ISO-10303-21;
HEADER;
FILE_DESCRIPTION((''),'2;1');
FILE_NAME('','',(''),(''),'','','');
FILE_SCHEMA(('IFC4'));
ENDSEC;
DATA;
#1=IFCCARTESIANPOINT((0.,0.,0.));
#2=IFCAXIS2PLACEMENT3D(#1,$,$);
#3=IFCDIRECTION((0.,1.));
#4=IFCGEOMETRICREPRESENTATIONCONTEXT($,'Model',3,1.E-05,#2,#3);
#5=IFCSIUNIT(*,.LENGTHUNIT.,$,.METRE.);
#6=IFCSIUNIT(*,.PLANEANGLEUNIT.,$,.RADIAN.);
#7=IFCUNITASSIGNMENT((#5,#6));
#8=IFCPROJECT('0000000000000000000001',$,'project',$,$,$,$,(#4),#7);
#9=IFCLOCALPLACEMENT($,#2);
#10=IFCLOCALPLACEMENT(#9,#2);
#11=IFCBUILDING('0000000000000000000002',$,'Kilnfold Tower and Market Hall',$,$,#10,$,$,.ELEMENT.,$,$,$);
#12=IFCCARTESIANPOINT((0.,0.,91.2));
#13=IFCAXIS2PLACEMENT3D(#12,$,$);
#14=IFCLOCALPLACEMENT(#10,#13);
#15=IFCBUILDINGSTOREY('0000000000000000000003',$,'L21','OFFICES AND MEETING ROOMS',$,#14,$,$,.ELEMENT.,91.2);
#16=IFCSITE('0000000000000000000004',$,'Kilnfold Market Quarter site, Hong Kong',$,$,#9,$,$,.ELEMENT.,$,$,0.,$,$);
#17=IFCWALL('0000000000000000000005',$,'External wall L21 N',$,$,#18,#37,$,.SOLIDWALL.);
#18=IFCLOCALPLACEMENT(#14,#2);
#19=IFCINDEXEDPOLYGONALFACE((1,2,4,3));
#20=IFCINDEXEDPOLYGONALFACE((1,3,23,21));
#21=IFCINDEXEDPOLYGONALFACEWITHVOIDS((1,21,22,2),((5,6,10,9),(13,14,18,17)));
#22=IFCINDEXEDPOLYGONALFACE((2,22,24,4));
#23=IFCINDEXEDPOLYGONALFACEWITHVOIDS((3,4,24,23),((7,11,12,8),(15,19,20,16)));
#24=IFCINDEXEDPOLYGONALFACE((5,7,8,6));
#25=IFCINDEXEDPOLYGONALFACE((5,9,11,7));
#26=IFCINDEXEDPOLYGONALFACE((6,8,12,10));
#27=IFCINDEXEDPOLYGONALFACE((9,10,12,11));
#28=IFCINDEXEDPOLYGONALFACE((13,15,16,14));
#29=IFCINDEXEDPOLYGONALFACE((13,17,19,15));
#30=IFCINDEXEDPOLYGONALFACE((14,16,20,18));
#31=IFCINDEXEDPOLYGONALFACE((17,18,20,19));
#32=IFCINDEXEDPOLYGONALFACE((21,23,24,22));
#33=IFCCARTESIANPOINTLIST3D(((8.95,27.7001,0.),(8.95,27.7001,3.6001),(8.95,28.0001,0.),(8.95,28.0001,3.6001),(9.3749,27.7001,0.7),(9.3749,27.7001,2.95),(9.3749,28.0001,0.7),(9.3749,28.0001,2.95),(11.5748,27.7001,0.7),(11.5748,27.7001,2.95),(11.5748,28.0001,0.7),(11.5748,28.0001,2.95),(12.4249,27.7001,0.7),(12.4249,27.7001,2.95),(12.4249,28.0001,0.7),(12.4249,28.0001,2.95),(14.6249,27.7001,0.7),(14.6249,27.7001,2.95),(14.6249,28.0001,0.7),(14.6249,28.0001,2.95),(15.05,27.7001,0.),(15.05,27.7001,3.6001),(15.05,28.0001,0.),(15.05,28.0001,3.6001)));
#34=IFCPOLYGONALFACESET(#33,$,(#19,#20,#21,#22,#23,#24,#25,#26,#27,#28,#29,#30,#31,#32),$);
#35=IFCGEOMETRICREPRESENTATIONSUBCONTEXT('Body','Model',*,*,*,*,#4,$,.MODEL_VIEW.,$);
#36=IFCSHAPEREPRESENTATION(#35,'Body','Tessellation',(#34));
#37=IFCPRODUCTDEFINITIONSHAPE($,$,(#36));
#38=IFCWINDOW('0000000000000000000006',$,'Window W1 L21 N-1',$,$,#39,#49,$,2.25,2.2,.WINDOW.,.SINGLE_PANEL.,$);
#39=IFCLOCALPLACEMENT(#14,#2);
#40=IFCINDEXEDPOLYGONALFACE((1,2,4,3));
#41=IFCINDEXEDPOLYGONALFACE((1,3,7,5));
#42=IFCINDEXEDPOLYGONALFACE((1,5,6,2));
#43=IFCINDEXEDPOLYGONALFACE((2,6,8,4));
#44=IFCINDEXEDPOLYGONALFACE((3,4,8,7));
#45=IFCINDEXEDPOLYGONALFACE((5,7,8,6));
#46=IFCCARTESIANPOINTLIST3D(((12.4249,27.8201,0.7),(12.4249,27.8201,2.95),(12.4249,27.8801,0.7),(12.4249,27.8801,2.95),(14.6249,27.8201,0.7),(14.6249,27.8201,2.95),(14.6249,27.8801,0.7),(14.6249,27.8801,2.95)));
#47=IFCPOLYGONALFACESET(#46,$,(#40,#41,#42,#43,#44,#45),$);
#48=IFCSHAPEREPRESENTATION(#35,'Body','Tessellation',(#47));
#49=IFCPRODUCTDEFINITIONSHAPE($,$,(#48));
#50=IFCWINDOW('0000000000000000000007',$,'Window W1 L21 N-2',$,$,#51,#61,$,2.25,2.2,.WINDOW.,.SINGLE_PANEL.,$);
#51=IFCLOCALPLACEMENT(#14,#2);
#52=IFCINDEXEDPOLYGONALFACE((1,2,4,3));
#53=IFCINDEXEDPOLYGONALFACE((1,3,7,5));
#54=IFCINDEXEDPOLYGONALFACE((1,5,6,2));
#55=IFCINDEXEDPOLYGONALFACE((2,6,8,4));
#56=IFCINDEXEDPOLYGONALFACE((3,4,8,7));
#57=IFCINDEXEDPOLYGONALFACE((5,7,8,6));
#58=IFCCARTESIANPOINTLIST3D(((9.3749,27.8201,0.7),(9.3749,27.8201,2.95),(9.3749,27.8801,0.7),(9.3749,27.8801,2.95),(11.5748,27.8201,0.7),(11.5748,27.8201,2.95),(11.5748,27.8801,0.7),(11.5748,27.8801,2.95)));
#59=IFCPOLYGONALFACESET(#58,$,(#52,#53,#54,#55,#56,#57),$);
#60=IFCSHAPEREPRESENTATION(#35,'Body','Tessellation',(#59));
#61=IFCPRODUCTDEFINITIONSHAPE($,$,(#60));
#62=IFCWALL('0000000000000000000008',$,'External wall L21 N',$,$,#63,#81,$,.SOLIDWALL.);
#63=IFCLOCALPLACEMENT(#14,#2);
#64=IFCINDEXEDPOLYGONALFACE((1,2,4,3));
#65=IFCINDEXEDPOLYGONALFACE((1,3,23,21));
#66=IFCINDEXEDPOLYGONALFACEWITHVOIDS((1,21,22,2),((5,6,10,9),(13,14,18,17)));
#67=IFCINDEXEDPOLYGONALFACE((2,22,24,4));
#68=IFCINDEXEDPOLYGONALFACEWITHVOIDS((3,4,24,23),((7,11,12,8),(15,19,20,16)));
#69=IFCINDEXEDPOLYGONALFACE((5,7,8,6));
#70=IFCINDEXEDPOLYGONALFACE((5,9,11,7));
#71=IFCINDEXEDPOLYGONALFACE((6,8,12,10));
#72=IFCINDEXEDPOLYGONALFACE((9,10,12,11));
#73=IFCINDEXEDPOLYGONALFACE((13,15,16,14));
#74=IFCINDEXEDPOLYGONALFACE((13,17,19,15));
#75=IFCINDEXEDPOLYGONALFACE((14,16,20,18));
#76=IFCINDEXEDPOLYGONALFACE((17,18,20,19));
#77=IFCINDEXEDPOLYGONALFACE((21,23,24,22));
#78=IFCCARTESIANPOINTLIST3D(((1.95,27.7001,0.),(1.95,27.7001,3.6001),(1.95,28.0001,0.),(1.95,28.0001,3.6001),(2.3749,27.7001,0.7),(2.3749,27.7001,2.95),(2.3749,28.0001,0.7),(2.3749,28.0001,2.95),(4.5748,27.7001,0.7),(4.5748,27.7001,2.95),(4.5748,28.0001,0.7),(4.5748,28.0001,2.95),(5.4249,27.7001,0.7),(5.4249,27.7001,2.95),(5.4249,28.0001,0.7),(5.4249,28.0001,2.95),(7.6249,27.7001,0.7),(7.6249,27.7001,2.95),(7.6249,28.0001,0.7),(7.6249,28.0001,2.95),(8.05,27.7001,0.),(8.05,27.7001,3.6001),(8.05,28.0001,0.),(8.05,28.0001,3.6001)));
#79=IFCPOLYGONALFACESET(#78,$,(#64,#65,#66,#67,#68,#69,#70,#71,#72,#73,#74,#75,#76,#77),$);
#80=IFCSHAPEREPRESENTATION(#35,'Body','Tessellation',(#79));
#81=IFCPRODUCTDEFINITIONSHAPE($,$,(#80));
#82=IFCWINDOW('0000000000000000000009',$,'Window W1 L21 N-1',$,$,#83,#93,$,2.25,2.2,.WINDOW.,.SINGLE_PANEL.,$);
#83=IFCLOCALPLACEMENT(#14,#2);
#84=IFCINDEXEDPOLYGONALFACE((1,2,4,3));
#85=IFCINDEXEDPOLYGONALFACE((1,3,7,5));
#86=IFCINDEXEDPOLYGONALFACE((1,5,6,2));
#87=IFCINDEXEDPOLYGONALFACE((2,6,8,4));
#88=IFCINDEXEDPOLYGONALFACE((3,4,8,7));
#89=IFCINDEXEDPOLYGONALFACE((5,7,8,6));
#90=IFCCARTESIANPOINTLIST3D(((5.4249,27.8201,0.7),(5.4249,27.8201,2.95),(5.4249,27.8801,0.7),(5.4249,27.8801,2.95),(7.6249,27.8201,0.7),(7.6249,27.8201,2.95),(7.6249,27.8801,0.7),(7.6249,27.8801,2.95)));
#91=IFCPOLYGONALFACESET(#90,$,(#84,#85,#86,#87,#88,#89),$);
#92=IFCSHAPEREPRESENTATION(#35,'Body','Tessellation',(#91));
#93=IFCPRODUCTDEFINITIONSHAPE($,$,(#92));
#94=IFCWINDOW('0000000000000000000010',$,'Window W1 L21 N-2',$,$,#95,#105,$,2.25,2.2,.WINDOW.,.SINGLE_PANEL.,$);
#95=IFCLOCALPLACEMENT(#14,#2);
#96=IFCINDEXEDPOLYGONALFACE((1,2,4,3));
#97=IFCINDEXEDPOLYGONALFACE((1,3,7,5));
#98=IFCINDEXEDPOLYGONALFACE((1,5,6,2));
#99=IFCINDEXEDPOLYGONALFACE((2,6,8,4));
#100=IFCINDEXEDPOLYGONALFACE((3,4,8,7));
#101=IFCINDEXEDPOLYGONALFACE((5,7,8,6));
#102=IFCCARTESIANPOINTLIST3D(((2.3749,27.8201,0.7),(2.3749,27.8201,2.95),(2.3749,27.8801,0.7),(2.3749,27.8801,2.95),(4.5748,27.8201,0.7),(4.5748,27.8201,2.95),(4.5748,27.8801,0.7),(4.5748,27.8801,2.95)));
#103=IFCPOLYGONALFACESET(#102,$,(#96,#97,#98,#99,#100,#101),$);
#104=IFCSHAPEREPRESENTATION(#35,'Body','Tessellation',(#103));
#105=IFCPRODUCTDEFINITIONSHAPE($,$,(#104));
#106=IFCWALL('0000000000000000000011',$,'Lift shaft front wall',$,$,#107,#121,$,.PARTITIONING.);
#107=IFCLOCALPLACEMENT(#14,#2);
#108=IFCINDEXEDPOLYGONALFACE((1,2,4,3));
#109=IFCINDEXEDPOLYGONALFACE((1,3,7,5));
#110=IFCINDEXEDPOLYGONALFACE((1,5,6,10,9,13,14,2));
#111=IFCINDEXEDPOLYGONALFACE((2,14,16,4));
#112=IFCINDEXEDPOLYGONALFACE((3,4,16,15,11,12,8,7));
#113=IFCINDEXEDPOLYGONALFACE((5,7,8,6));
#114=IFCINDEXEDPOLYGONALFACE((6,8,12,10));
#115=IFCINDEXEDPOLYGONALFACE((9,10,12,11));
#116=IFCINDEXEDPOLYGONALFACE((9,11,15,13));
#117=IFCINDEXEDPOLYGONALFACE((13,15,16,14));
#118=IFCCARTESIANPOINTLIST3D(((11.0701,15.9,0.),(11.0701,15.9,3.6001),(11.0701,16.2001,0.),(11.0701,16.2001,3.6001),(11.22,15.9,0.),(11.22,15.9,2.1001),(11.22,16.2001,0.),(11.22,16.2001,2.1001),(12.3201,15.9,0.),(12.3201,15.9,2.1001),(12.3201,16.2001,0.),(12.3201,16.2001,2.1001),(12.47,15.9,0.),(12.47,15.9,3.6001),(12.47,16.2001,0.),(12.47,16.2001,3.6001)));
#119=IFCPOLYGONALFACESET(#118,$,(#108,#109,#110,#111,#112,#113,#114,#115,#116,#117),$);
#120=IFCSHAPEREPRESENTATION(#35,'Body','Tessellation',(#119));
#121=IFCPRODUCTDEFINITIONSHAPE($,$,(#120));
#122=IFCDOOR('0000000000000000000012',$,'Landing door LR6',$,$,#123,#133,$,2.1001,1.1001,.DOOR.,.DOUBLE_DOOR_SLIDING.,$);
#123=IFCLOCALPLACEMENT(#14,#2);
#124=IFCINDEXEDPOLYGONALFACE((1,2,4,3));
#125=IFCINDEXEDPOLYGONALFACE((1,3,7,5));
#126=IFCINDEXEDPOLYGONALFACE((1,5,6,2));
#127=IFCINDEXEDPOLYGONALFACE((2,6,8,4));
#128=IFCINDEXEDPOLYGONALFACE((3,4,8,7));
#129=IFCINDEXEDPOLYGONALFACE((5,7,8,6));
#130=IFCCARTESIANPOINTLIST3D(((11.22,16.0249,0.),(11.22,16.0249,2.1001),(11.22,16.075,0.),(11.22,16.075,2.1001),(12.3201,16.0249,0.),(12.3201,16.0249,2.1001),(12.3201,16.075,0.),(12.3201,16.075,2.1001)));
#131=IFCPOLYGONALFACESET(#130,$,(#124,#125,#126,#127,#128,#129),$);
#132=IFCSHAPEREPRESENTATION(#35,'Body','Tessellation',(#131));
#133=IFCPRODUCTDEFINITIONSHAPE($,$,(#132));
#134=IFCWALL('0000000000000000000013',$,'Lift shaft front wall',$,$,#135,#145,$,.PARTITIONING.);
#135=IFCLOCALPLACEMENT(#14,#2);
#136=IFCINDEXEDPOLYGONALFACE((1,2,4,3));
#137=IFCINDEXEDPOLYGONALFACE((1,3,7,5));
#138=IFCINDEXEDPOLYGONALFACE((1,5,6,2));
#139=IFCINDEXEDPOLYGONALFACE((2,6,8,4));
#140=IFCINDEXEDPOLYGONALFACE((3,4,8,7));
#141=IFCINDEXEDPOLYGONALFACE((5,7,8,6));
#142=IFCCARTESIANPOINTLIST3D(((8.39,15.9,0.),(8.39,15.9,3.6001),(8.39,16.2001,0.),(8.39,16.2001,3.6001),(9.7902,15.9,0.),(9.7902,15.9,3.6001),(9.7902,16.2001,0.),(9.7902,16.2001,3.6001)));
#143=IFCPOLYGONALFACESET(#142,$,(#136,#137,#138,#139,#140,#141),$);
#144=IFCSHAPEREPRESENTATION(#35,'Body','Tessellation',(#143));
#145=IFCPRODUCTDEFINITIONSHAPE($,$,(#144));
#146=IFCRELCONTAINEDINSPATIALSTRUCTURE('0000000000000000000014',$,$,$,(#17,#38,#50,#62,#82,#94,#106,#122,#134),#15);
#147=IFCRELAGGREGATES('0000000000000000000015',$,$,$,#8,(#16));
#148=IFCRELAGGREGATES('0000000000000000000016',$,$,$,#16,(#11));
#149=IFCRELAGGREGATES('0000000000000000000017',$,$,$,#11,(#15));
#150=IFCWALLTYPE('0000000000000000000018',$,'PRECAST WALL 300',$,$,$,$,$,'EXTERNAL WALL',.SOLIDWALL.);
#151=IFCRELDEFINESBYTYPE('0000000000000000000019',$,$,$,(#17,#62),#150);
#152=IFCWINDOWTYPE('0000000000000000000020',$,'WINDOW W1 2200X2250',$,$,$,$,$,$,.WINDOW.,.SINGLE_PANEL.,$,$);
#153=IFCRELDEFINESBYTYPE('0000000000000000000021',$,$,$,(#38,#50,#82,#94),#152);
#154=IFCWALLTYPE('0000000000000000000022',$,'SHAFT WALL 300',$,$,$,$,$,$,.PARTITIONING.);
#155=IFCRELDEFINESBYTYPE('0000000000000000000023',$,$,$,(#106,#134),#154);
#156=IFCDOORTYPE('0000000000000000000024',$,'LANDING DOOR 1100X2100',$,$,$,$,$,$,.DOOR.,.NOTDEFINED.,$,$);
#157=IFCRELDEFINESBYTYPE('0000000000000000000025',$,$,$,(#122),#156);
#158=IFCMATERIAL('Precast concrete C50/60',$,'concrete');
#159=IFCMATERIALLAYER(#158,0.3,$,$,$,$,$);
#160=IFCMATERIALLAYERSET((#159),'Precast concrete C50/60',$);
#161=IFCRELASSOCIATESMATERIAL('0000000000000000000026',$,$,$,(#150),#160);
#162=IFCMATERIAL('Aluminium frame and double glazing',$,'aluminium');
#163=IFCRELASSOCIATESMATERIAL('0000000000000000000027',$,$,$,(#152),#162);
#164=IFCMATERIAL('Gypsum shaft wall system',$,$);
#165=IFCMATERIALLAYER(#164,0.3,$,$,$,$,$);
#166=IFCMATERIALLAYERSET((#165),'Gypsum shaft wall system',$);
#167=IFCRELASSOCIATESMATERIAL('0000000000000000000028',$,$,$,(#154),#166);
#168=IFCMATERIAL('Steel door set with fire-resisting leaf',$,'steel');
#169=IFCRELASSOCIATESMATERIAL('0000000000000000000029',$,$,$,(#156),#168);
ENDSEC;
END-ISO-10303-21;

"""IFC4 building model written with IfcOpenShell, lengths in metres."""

from ifc_helpers import new_model, si_unit, direction, frame, frame_2d, origin, place, context, subcontext, project, spatial, rectangle, extrude, source, transform, mapped, material, layer, layer_set, type_object, element, fill, save


model = new_model("IFC4")

# Units and contexts
model_context = context("Model", 3, precision=1e-05, world=origin(), true_north=direction((0.0, 1.0)))
body_context = subcontext(model_context, "Body", "Model", "MODEL_VIEW")
ifc_project = project(units=[si_unit("LENGTHUNIT", "METRE"), si_unit("PLANEANGLEUNIT", "RADIAN")], contexts=[model_context])

# Site, building, storey
site_placement = place(None, origin())
site = spatial("IfcSite", under=ifc_project, at=site_placement, Name="Kilnfold Market Quarter site, Hong Kong", CompositionType="ELEMENT", RefElevation=0.0)
building_placement = place(site_placement, origin())
building = spatial("IfcBuilding", under=site, at=building_placement, Name="Kilnfold Tower and Market Hall", CompositionType="ELEMENT")
storey_placement = place(building_placement, frame((0.0, 0.0, 91.2)))
storey = spatial("IfcBuildingStorey", under=building, at=storey_placement, Name="L21", Description="OFFICES AND MEETING ROOMS", CompositionType="ELEMENT", Elevation=91.2)

# Walls, openings, windows
ifc_material_1 = material(Name="Precast concrete C50/60", Category="concrete")
ifc_layer_1 = layer(ifc_material_1, 0.3)
ifc_layer_set_1 = layer_set([ifc_layer_1], Name="Precast concrete C50/60")
wall_type_1 = type_object("IfcWallType", Name="PRECAST WALL 300", ElementType="EXTERNAL WALL", PredefinedType="SOLIDWALL", material=ifc_layer_set_1)
shared_shape_1 = source(origin(), body_context, "Body", "SweptSolid", [
    extrude(rectangle(XDim=6.1001, YDim=0.3, at=frame_2d((3.05, 0.0))), origin(), (0.0, 0.0, 1.0), 3.6001),
])
wall_1_placement = place(storey_placement, frame((15.05, 27.8501, 0.0), z_axis=(0.0, 0.0, 1.0), x_axis=(-1.0, 0.0, 0.0)))
wall_1 = element("IfcWall", 1, at=wall_1_placement, inside=storey, type_object=wall_type_1, Name="External wall L21 N", PredefinedType="SOLIDWALL", context=body_context, shape_type="MappedRepresentation", body=[
    mapped(shared_shape_1, transform((0.0, 0.0, 0.0))),
])
opening_1_placement = place(wall_1_placement, frame((0.425, 0.0, 0.7)))
opening_1 = element("IfcOpeningElement", 2, at=opening_1_placement, cuts=wall_1, PredefinedType="OPENING", context=body_context, shape_type="SweptSolid", body=[
    extrude(rectangle(XDim=2.2, YDim=2.25, at=frame_2d((1.1001, 1.125))), frame((0.0, 0.1602, 0.0), z_axis=(0.0, -1.0, 0.0), x_axis=(1.0, 0.0, 0.0)), (0.0, 0.0, 1.0), 0.3201),
])
opening_2_placement = place(wall_1_placement, frame((3.4751, 0.0, 0.7)))
opening_2 = element("IfcOpeningElement", 3, at=opening_2_placement, cuts=wall_1, PredefinedType="OPENING", context=body_context, shape_type="SweptSolid", body=[
    extrude(rectangle(XDim=2.2, YDim=2.25, at=frame_2d((1.1001, 1.125))), frame((0.0, 0.1602, 0.0), z_axis=(0.0, -1.0, 0.0), x_axis=(1.0, 0.0, 0.0)), (0.0, 0.0, 1.0), 0.3201),
])
ifc_material_2 = material(Name="Aluminium frame and double glazing", Category="aluminium")
window_type = type_object("IfcWindowType", Name="WINDOW W1 2200X2250", PartitioningType="SINGLE_PANEL", PredefinedType="WINDOW", material=ifc_material_2)
window_1_placement = place(opening_1_placement, origin())
window_1 = element("IfcWindow", 4, at=window_1_placement, inside=storey, type_object=window_type, Name="Window W1 L21 N-1", OverallHeight=2.25, OverallWidth=2.2, PartitioningType="SINGLE_PANEL", PredefinedType="WINDOW", context=body_context, shape_type="SweptSolid", body=[
    extrude(rectangle(XDim=2.2, YDim=2.25, at=frame_2d((1.1001, 1.125))), frame((0.0, 0.03, 0.0), z_axis=(0.0, -1.0, 0.0), x_axis=(1.0, 0.0, 0.0)), (0.0, 0.0, 1.0), 0.0601),
])
fill(opening_1, window_1)
window_2_placement = place(opening_2_placement, origin())
window_2 = element("IfcWindow", 5, at=window_2_placement, inside=storey, type_object=window_type, Name="Window W1 L21 N-2", OverallHeight=2.25, OverallWidth=2.2, PartitioningType="SINGLE_PANEL", PredefinedType="WINDOW", context=body_context, shape_type="SweptSolid", body=[
    extrude(rectangle(XDim=2.2, YDim=2.25, at=frame_2d((1.1001, 1.125))), frame((0.0, 0.03, 0.0), z_axis=(0.0, -1.0, 0.0), x_axis=(1.0, 0.0, 0.0)), (0.0, 0.0, 1.0), 0.0601),
])
fill(opening_2, window_2)
wall_2_placement = place(storey_placement, frame((8.05, 27.8501, 0.0), z_axis=(0.0, 0.0, 1.0), x_axis=(-1.0, 0.0, 0.0)))
wall_2 = element("IfcWall", 6, at=wall_2_placement, inside=storey, type_object=wall_type_1, Name="External wall L21 N", PredefinedType="SOLIDWALL", context=body_context, shape_type="MappedRepresentation", body=[
    mapped(shared_shape_1, transform((0.0, 0.0, 0.0))),
])
opening_3_placement = place(wall_2_placement, frame((0.425, 0.0, 0.7)))
opening_3 = element("IfcOpeningElement", 7, at=opening_3_placement, cuts=wall_2, PredefinedType="OPENING", context=body_context, shape_type="SweptSolid", body=[
    extrude(rectangle(XDim=2.2, YDim=2.25, at=frame_2d((1.1001, 1.125))), frame((0.0, 0.1602, 0.0), z_axis=(0.0, -1.0, 0.0), x_axis=(1.0, 0.0, 0.0)), (0.0, 0.0, 1.0), 0.3201),
])
opening_4_placement = place(wall_2_placement, frame((3.4751, 0.0, 0.7)))
opening_4 = element("IfcOpeningElement", 8, at=opening_4_placement, cuts=wall_2, PredefinedType="OPENING", context=body_context, shape_type="SweptSolid", body=[
    extrude(rectangle(XDim=2.2, YDim=2.25, at=frame_2d((1.1001, 1.125))), frame((0.0, 0.1602, 0.0), z_axis=(0.0, -1.0, 0.0), x_axis=(1.0, 0.0, 0.0)), (0.0, 0.0, 1.0), 0.3201),
])
window_3_placement = place(opening_3_placement, origin())
window_3 = element("IfcWindow", 9, at=window_3_placement, inside=storey, type_object=window_type, Name="Window W1 L21 N-1", OverallHeight=2.25, OverallWidth=2.2, PartitioningType="SINGLE_PANEL", PredefinedType="WINDOW", context=body_context, shape_type="SweptSolid", body=[
    extrude(rectangle(XDim=2.2, YDim=2.25, at=frame_2d((1.1001, 1.125))), frame((0.0, 0.03, 0.0), z_axis=(0.0, -1.0, 0.0), x_axis=(1.0, 0.0, 0.0)), (0.0, 0.0, 1.0), 0.0601),
])
fill(opening_3, window_3)
window_4_placement = place(opening_4_placement, origin())
window_4 = element("IfcWindow", 10, at=window_4_placement, inside=storey, type_object=window_type, Name="Window W1 L21 N-2", OverallHeight=2.25, OverallWidth=2.2, PartitioningType="SINGLE_PANEL", PredefinedType="WINDOW", context=body_context, shape_type="SweptSolid", body=[
    extrude(rectangle(XDim=2.2, YDim=2.25, at=frame_2d((1.1001, 1.125))), frame((0.0, 0.03, 0.0), z_axis=(0.0, -1.0, 0.0), x_axis=(1.0, 0.0, 0.0)), (0.0, 0.0, 1.0), 0.0601),
])
fill(opening_4, window_4)

# Wall, opening, door
ifc_material_3 = material(Name="Gypsum shaft wall system")
ifc_layer_2 = layer(ifc_material_3, 0.3)
ifc_layer_set_2 = layer_set([ifc_layer_2], Name="Gypsum shaft wall system")
wall_type_2 = type_object("IfcWallType", Name="SHAFT WALL 300", PredefinedType="PARTITIONING", material=ifc_layer_set_2)
shared_shape_2 = source(origin(), body_context, "Body", "SweptSolid", [
    extrude(rectangle(XDim=1.3999, YDim=0.3, at=frame_2d((0.7, 0.0))), origin(), (0.0, 0.0, 1.0), 3.6001),
])
wall_3_placement = place(storey_placement, frame((11.0701, 16.05, 0.0), z_axis=(0.0, 0.0, 1.0), x_axis=(1.0, 0.0, 0.0)))
wall_3 = element("IfcWall", 11, at=wall_3_placement, inside=storey, type_object=wall_type_2, Name="Lift shaft front wall", PredefinedType="PARTITIONING", context=body_context, shape_type="MappedRepresentation", body=[
    mapped(shared_shape_2, transform((0.0, 0.0, 0.0))),
])
opening_5_placement = place(wall_3_placement, frame((0.1499, 0.0, 0.0)))
opening_5 = element("IfcOpeningElement", 12, at=opening_5_placement, cuts=wall_3, PredefinedType="OPENING", context=body_context, shape_type="SweptSolid", body=[
    extrude(rectangle(XDim=1.1001, YDim=2.1001, at=frame_2d((0.55, 1.05))), frame((0.0, 0.1602, 0.0), z_axis=(0.0, -1.0, 0.0), x_axis=(1.0, 0.0, 0.0)), (0.0, 0.0, 1.0), 0.3201),
])
ifc_material_4 = material(Name="Steel door set with fire-resisting leaf", Category="steel")
door_type_1 = type_object("IfcDoorType", Name="LANDING DOOR 1100X2100", OperationType="NOTDEFINED", PredefinedType="DOOR", material=ifc_material_4)
door_1_placement = place(opening_5_placement, origin())
door_1 = element("IfcDoor", 13, at=door_1_placement, inside=storey, type_object=door_type_1, Name="Landing door LR6", OperationType="DOUBLE_DOOR_SLIDING", OverallHeight=2.1001, OverallWidth=1.1001, PredefinedType="DOOR", context=body_context, shape_type="SweptSolid", body=[
    extrude(rectangle(XDim=1.1001, YDim=2.1001, at=frame_2d((0.55, 1.05))), frame((0.0, 0.0249, 0.0), z_axis=(0.0, -1.0, 0.0), x_axis=(1.0, 0.0, 0.0)), (0.0, 0.0, 1.0), 0.05),
])
fill(opening_5, door_1)

# Wall
shared_shape_3 = source(origin(), body_context, "Body", "SweptSolid", [
    extrude(rectangle(XDim=1.4001, YDim=0.3, at=frame_2d((0.7002, 0.0))), origin(), (0.0, 0.0, 1.0), 3.6001),
])
wall_4_placement = place(storey_placement, frame((8.3899, 16.05, 0.0), z_axis=(0.0, 0.0, 1.0), x_axis=(1.0, 0.0, 0.0)))
element("IfcWall", 14, at=wall_4_placement, inside=storey, type_object=wall_type_2, Name="Lift shaft front wall", PredefinedType="PARTITIONING", context=body_context, shape_type="MappedRepresentation", body=[
    mapped(shared_shape_3, transform((0.0, 0.0, 0.0))),
])

save(model, "model.ifc")
